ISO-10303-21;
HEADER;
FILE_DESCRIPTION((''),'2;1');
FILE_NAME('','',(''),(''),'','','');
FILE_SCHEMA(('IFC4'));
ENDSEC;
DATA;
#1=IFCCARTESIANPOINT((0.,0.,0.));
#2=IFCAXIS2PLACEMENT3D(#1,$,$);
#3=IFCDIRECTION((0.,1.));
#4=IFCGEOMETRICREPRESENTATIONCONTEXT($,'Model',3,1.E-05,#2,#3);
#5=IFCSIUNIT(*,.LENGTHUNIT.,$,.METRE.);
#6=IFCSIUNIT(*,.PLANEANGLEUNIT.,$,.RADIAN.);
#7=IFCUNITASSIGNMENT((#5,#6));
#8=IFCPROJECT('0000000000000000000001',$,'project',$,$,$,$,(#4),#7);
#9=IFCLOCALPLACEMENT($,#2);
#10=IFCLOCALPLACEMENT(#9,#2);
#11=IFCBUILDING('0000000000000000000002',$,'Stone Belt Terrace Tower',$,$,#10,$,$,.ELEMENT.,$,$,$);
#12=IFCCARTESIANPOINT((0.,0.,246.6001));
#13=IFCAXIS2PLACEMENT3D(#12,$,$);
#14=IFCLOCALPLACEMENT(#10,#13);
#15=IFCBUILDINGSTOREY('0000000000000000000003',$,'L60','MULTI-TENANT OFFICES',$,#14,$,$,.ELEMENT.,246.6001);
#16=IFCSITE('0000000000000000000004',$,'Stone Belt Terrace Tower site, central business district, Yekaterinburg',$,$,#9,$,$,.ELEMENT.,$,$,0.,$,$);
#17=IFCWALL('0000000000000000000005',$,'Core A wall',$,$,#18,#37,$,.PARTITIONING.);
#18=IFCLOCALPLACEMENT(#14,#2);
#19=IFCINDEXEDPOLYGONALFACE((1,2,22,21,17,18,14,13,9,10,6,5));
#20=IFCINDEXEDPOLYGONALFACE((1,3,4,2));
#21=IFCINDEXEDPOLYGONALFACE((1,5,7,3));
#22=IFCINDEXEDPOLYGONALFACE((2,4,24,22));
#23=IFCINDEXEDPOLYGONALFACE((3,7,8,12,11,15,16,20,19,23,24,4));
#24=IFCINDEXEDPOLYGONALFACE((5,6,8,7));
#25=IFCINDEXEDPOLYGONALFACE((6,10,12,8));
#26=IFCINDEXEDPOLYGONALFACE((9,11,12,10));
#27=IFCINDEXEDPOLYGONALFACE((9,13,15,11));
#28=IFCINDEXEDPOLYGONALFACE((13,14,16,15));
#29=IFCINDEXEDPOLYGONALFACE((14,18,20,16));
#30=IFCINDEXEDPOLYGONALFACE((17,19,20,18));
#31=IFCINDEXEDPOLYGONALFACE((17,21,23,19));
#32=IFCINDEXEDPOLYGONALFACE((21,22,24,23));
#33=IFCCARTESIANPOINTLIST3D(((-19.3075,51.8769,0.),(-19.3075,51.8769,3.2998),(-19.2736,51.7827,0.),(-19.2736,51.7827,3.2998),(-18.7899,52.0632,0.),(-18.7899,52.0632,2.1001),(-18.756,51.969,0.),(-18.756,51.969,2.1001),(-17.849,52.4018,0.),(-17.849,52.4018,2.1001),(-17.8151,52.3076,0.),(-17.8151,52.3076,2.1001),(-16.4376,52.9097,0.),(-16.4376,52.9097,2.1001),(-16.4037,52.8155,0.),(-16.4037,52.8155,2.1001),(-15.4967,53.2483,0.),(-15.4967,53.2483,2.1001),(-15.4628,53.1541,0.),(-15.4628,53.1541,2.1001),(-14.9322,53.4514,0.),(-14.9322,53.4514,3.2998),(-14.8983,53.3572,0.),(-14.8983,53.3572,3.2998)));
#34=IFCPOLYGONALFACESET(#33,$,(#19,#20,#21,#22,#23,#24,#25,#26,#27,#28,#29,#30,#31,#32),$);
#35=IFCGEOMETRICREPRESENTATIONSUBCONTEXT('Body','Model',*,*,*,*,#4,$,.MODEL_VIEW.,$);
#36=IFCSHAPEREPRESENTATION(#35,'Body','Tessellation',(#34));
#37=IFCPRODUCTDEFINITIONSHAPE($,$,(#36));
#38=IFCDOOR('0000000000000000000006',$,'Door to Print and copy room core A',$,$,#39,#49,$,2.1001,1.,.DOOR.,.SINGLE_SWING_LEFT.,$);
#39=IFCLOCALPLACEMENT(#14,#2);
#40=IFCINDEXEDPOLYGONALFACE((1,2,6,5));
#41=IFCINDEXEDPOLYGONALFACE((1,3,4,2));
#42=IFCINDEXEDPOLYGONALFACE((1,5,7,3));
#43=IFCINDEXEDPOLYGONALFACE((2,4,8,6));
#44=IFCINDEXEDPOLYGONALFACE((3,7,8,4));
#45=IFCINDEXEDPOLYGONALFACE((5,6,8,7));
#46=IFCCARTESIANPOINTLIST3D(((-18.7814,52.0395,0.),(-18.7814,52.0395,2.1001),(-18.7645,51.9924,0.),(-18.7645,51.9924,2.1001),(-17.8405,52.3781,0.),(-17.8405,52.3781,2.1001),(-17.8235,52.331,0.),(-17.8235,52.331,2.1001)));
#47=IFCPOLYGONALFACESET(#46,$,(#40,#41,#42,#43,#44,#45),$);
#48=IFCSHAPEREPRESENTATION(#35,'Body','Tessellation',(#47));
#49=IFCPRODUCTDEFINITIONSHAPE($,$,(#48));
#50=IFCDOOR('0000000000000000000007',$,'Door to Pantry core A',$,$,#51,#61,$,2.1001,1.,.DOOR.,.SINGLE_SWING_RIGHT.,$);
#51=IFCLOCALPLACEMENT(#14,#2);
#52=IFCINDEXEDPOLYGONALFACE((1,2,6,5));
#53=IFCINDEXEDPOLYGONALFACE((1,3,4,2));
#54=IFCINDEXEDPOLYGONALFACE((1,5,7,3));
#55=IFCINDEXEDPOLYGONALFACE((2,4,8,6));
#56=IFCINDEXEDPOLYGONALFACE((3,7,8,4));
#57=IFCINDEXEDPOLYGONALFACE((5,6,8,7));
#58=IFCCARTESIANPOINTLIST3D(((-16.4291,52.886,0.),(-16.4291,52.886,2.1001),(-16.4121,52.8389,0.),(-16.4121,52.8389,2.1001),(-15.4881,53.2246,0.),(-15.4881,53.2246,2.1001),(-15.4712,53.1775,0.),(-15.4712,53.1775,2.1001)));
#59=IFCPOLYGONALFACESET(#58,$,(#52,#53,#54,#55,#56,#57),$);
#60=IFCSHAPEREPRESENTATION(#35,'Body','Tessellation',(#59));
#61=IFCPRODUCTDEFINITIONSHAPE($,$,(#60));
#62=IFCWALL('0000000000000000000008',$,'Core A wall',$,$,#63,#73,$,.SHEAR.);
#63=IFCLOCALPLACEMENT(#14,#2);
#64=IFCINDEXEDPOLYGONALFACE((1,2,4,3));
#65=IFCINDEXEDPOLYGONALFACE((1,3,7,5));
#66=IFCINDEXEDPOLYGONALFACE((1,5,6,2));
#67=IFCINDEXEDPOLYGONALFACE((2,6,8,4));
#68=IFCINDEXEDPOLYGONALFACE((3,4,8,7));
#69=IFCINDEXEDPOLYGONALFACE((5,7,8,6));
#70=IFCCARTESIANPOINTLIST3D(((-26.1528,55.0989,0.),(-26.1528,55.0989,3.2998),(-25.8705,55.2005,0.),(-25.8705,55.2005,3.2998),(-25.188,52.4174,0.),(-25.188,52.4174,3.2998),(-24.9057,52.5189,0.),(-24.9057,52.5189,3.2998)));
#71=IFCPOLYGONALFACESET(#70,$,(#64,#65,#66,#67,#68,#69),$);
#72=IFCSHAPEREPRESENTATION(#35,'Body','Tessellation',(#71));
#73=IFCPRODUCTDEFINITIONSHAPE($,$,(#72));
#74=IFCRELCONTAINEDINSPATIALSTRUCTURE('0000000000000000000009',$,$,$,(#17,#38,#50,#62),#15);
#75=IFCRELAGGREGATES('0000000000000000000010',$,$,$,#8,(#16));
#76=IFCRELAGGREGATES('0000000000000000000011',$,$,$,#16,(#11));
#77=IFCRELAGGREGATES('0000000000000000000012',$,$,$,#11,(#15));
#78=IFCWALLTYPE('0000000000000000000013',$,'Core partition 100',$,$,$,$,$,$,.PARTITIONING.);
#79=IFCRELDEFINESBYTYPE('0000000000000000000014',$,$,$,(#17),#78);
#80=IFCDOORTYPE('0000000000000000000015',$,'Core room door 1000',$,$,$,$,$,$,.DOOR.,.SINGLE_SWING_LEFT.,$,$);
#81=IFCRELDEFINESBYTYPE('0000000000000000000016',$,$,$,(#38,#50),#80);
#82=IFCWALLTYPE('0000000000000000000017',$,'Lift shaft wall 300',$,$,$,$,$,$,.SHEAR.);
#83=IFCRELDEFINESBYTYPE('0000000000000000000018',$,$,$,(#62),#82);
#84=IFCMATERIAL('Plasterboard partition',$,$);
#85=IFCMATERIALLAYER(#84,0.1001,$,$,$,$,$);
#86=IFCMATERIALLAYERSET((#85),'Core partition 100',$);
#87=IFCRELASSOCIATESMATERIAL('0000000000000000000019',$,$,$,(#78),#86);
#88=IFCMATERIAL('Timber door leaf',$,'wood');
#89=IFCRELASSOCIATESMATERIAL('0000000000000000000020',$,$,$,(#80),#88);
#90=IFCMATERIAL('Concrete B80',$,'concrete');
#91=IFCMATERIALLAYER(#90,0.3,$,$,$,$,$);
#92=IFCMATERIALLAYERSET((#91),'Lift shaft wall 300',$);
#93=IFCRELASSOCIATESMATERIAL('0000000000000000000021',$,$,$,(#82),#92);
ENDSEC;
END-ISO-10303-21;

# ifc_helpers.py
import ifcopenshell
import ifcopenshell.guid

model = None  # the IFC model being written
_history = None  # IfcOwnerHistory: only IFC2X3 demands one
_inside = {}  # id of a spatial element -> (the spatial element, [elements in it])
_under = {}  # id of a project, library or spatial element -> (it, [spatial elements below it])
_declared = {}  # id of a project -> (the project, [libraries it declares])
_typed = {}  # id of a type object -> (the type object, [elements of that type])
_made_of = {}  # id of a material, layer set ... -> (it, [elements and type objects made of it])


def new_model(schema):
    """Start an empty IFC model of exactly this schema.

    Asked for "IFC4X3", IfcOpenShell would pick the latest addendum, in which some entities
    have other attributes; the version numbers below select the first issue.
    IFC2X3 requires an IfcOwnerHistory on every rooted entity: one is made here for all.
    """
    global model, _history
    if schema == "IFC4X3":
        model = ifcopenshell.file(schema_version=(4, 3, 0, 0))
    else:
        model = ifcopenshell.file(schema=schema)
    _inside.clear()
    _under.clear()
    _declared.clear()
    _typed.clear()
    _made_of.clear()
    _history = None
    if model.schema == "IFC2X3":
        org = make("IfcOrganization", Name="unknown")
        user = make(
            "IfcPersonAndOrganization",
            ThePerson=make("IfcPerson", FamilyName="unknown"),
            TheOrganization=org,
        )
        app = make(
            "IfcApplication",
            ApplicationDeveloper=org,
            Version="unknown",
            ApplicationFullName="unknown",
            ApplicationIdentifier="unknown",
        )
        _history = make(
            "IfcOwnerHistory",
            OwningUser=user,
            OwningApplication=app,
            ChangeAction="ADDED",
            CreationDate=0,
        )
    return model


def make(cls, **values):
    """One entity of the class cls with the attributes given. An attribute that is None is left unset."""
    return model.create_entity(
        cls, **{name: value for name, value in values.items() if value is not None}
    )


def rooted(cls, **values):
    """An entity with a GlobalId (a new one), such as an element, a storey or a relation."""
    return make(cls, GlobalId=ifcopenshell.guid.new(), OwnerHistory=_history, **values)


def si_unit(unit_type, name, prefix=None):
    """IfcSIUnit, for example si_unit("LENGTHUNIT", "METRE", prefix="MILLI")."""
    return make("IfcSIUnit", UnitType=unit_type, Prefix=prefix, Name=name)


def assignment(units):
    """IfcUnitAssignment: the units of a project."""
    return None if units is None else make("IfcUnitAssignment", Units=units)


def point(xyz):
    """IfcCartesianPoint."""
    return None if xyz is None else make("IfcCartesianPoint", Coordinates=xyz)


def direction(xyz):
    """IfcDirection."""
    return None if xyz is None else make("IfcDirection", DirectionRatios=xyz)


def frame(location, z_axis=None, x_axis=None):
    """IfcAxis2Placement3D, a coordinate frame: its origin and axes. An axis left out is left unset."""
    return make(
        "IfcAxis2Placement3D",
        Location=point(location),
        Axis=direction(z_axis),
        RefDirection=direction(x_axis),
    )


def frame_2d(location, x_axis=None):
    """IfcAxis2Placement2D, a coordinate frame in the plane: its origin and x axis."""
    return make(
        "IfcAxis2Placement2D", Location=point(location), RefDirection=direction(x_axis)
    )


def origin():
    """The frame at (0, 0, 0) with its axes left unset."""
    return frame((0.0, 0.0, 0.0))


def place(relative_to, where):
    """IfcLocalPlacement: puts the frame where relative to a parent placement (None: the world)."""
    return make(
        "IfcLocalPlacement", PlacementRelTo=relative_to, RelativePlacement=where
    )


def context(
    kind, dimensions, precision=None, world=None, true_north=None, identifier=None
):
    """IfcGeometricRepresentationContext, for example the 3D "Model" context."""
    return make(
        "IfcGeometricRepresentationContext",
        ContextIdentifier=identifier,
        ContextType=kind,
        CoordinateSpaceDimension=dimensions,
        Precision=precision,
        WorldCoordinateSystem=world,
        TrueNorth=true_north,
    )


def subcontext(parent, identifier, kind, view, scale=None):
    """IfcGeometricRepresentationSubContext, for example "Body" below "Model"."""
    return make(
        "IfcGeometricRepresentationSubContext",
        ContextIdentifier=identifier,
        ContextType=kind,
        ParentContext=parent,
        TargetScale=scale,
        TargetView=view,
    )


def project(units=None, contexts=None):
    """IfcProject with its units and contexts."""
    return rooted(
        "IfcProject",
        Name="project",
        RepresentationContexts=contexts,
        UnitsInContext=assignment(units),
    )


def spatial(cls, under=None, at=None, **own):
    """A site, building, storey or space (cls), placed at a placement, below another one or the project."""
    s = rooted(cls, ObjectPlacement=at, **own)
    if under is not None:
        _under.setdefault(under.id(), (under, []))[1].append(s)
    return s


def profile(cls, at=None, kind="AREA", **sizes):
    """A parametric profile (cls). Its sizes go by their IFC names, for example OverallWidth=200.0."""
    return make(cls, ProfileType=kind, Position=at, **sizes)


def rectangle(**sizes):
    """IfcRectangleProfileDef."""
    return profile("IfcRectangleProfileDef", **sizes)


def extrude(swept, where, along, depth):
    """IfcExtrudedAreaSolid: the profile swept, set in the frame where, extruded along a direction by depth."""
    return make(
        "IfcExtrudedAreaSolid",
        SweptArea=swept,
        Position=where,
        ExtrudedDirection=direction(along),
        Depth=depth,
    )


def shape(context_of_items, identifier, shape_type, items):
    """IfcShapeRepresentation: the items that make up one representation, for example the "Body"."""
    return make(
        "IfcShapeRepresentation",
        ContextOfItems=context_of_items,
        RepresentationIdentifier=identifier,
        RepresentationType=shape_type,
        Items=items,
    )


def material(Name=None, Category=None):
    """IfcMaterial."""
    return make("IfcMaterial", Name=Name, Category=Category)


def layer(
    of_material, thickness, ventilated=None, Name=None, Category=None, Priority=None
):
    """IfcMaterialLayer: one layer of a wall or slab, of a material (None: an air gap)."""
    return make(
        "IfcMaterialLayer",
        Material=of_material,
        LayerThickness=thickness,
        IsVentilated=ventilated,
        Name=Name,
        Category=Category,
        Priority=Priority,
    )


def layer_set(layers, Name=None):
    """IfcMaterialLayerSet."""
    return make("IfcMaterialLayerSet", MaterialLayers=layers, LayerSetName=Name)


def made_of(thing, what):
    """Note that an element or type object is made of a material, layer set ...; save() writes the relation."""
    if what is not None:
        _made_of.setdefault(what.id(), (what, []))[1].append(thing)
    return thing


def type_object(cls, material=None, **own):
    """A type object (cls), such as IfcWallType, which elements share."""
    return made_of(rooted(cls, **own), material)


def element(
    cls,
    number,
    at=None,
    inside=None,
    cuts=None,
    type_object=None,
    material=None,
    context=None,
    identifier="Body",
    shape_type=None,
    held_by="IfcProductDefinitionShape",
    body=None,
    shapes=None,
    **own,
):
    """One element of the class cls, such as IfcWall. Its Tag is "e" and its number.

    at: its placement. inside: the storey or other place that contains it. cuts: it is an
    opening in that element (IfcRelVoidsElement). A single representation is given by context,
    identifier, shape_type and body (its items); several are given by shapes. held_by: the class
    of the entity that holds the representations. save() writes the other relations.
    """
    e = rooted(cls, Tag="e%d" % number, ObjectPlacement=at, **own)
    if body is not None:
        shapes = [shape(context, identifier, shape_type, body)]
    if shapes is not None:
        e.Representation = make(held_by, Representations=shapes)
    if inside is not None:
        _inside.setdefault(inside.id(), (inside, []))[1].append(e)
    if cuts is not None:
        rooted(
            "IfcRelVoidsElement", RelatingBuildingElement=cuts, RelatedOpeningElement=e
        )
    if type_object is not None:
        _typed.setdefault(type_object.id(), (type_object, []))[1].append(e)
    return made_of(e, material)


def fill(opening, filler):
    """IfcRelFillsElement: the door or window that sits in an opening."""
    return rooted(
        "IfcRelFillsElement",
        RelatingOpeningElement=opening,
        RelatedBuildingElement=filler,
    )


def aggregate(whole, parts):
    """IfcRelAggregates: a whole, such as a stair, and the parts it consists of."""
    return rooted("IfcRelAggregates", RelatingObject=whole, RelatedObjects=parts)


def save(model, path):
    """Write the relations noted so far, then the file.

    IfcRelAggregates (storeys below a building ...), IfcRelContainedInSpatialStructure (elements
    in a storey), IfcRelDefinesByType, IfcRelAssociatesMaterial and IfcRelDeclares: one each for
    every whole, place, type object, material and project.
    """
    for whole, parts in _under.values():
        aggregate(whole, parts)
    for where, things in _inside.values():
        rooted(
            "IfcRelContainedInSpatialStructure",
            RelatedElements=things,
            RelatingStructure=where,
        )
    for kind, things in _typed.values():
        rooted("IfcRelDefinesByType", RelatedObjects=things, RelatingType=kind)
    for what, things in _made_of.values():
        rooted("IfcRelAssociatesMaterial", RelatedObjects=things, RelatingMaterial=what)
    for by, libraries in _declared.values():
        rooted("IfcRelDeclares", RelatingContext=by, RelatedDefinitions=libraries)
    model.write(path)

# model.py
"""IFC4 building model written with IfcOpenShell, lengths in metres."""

from ifc_helpers import new_model, si_unit, direction, frame, frame_2d, origin, place, context, subcontext, project, spatial, rectangle, extrude, material, layer, layer_set, type_object, element, fill, save


model = new_model("IFC4")

# Units and contexts
model_context = context("Model", 3, precision=1e-05, world=origin(), true_north=direction((0.0, 1.0)))
body_context = subcontext(model_context, "Body", "Model", "MODEL_VIEW")
ifc_project = project(units=[si_unit("LENGTHUNIT", "METRE"), si_unit("PLANEANGLEUNIT", "RADIAN")], contexts=[model_context])

# Site, building, storey
site_placement = place(None, origin())
site = spatial("IfcSite", under=ifc_project, at=site_placement, Name="Stone Belt Terrace Tower site, central business district, Yekaterinburg", CompositionType="ELEMENT", RefElevation=0.0)
building_placement = place(site_placement, origin())
building = spatial("IfcBuilding", under=site, at=building_placement, Name="Stone Belt Terrace Tower", CompositionType="ELEMENT")
storey_placement = place(building_placement, frame((0.0, 0.0, 246.6001)))
storey = spatial("IfcBuildingStorey", under=building, at=storey_placement, Name="L60", Description="MULTI-TENANT OFFICES", CompositionType="ELEMENT", Elevation=246.6001)

# Wall, openings, doors
ifc_material_1 = material(Name="Plasterboard partition")
ifc_layer_1 = layer(ifc_material_1, 0.1001)
ifc_layer_set_1 = layer_set([ifc_layer_1], Name="Core partition 100")
wall_type_1 = type_object("IfcWallType", Name="Core partition 100", PredefinedType="PARTITIONING", material=ifc_layer_set_1)
wall_1_placement = place(storey_placement, frame((-19.2905, 51.8298, 0.0), z_axis=(0.0, 0.0, 1.0), x_axis=(0.94093, 0.3386, 0.0)))
wall_1 = element("IfcWall", 1, at=wall_1_placement, inside=storey, type_object=wall_type_1, Name="Core A wall", PredefinedType="PARTITIONING", context=body_context, shape_type="SweptSolid", body=[
    extrude(rectangle(XDim=4.6499, YDim=0.1001, at=frame_2d((2.325, 0.0))), origin(), (0.0, 0.0, 1.0), 3.2998),
])
opening_1_placement = place(wall_1_placement, frame((0.55, 0.0, 0.0)))
opening_1 = element("IfcOpeningElement", 2, at=opening_1_placement, cuts=wall_1, PredefinedType="OPENING", context=body_context, shape_type="SweptSolid", body=[
    extrude(rectangle(XDim=1.0, YDim=2.1001, at=frame_2d((0.5, 1.05))), frame((0.0, 0.0601, 0.0), z_axis=(0.0, -1.0, 0.0), x_axis=(1.0, 0.0, 0.0)), (0.0, 0.0, 1.0), 0.1201),
])
opening_2_placement = place(wall_1_placement, frame((3.05, 0.0, 0.0)))
opening_2 = element("IfcOpeningElement", 3, at=opening_2_placement, cuts=wall_1, PredefinedType="OPENING", context=body_context, shape_type="SweptSolid", body=[
    extrude(rectangle(XDim=1.0, YDim=2.1001, at=frame_2d((0.5, 1.05))), frame((0.0, 0.0601, 0.0), z_axis=(0.0, -1.0, 0.0), x_axis=(1.0, 0.0, 0.0)), (0.0, 0.0, 1.0), 0.1201),
])
ifc_material_2 = material(Name="Timber door leaf", Category="wood")
door_type_1 = type_object("IfcDoorType", Name="Core room door 1000", OperationType="SINGLE_SWING_LEFT", PredefinedType="DOOR", material=ifc_material_2)
door_1_placement = place(opening_1_placement, origin())
door_1 = element("IfcDoor", 4, at=door_1_placement, inside=storey, type_object=door_type_1, Name="Door to Print and copy room core A", OperationType="SINGLE_SWING_LEFT", OverallHeight=2.1001, OverallWidth=1.0, PredefinedType="DOOR", context=body_context, shape_type="SweptSolid", body=[
    extrude(rectangle(XDim=1.0, YDim=2.1001, at=frame_2d((0.5, 1.05))), frame((0.0, 0.0249, 0.0), z_axis=(0.0, -1.0, 0.0), x_axis=(1.0, 0.0, 0.0)), (0.0, 0.0, 1.0), 0.05),
])
fill(opening_1, door_1)
door_2_placement = place(opening_2_placement, origin())
door_2 = element("IfcDoor", 5, at=door_2_placement, inside=storey, type_object=door_type_1, Name="Door to Pantry core A", OperationType="SINGLE_SWING_RIGHT", OverallHeight=2.1001, OverallWidth=1.0, PredefinedType="DOOR", context=body_context, shape_type="SweptSolid", body=[
    extrude(rectangle(XDim=1.0, YDim=2.1001, at=frame_2d((0.5, 1.05))), frame((0.0, 0.0249, 0.0), z_axis=(0.0, -1.0, 0.0), x_axis=(1.0, 0.0, 0.0)), (0.0, 0.0, 1.0), 0.05),
])
fill(opening_2, door_2)

# Wall
ifc_material_3 = material(Name="Concrete B80", Category="concrete")
ifc_layer_2 = layer(ifc_material_3, 0.3)
ifc_layer_set_2 = layer_set([ifc_layer_2], Name="Lift shaft wall 300")
wall_type_2 = type_object("IfcWallType", Name="Lift shaft wall 300", PredefinedType="SHEAR", material=ifc_layer_set_2)
wall_2_placement = place(storey_placement, frame((-25.0469, 52.4683, 0.0), z_axis=(0.0, 0.0, 1.0), x_axis=(-0.33855, 0.940949, 0.0)))
element("IfcWall", 6, at=wall_2_placement, inside=storey, type_object=wall_type_2, Name="Core A wall", PredefinedType="SHEAR", context=body_context, shape_type="SweptSolid", body=[
    extrude(rectangle(XDim=2.8499, YDim=0.3, at=frame_2d((1.4248, 0.0))), origin(), (0.0, 0.0, 1.0), 3.2998),
])

save(model, "model.ifc")
